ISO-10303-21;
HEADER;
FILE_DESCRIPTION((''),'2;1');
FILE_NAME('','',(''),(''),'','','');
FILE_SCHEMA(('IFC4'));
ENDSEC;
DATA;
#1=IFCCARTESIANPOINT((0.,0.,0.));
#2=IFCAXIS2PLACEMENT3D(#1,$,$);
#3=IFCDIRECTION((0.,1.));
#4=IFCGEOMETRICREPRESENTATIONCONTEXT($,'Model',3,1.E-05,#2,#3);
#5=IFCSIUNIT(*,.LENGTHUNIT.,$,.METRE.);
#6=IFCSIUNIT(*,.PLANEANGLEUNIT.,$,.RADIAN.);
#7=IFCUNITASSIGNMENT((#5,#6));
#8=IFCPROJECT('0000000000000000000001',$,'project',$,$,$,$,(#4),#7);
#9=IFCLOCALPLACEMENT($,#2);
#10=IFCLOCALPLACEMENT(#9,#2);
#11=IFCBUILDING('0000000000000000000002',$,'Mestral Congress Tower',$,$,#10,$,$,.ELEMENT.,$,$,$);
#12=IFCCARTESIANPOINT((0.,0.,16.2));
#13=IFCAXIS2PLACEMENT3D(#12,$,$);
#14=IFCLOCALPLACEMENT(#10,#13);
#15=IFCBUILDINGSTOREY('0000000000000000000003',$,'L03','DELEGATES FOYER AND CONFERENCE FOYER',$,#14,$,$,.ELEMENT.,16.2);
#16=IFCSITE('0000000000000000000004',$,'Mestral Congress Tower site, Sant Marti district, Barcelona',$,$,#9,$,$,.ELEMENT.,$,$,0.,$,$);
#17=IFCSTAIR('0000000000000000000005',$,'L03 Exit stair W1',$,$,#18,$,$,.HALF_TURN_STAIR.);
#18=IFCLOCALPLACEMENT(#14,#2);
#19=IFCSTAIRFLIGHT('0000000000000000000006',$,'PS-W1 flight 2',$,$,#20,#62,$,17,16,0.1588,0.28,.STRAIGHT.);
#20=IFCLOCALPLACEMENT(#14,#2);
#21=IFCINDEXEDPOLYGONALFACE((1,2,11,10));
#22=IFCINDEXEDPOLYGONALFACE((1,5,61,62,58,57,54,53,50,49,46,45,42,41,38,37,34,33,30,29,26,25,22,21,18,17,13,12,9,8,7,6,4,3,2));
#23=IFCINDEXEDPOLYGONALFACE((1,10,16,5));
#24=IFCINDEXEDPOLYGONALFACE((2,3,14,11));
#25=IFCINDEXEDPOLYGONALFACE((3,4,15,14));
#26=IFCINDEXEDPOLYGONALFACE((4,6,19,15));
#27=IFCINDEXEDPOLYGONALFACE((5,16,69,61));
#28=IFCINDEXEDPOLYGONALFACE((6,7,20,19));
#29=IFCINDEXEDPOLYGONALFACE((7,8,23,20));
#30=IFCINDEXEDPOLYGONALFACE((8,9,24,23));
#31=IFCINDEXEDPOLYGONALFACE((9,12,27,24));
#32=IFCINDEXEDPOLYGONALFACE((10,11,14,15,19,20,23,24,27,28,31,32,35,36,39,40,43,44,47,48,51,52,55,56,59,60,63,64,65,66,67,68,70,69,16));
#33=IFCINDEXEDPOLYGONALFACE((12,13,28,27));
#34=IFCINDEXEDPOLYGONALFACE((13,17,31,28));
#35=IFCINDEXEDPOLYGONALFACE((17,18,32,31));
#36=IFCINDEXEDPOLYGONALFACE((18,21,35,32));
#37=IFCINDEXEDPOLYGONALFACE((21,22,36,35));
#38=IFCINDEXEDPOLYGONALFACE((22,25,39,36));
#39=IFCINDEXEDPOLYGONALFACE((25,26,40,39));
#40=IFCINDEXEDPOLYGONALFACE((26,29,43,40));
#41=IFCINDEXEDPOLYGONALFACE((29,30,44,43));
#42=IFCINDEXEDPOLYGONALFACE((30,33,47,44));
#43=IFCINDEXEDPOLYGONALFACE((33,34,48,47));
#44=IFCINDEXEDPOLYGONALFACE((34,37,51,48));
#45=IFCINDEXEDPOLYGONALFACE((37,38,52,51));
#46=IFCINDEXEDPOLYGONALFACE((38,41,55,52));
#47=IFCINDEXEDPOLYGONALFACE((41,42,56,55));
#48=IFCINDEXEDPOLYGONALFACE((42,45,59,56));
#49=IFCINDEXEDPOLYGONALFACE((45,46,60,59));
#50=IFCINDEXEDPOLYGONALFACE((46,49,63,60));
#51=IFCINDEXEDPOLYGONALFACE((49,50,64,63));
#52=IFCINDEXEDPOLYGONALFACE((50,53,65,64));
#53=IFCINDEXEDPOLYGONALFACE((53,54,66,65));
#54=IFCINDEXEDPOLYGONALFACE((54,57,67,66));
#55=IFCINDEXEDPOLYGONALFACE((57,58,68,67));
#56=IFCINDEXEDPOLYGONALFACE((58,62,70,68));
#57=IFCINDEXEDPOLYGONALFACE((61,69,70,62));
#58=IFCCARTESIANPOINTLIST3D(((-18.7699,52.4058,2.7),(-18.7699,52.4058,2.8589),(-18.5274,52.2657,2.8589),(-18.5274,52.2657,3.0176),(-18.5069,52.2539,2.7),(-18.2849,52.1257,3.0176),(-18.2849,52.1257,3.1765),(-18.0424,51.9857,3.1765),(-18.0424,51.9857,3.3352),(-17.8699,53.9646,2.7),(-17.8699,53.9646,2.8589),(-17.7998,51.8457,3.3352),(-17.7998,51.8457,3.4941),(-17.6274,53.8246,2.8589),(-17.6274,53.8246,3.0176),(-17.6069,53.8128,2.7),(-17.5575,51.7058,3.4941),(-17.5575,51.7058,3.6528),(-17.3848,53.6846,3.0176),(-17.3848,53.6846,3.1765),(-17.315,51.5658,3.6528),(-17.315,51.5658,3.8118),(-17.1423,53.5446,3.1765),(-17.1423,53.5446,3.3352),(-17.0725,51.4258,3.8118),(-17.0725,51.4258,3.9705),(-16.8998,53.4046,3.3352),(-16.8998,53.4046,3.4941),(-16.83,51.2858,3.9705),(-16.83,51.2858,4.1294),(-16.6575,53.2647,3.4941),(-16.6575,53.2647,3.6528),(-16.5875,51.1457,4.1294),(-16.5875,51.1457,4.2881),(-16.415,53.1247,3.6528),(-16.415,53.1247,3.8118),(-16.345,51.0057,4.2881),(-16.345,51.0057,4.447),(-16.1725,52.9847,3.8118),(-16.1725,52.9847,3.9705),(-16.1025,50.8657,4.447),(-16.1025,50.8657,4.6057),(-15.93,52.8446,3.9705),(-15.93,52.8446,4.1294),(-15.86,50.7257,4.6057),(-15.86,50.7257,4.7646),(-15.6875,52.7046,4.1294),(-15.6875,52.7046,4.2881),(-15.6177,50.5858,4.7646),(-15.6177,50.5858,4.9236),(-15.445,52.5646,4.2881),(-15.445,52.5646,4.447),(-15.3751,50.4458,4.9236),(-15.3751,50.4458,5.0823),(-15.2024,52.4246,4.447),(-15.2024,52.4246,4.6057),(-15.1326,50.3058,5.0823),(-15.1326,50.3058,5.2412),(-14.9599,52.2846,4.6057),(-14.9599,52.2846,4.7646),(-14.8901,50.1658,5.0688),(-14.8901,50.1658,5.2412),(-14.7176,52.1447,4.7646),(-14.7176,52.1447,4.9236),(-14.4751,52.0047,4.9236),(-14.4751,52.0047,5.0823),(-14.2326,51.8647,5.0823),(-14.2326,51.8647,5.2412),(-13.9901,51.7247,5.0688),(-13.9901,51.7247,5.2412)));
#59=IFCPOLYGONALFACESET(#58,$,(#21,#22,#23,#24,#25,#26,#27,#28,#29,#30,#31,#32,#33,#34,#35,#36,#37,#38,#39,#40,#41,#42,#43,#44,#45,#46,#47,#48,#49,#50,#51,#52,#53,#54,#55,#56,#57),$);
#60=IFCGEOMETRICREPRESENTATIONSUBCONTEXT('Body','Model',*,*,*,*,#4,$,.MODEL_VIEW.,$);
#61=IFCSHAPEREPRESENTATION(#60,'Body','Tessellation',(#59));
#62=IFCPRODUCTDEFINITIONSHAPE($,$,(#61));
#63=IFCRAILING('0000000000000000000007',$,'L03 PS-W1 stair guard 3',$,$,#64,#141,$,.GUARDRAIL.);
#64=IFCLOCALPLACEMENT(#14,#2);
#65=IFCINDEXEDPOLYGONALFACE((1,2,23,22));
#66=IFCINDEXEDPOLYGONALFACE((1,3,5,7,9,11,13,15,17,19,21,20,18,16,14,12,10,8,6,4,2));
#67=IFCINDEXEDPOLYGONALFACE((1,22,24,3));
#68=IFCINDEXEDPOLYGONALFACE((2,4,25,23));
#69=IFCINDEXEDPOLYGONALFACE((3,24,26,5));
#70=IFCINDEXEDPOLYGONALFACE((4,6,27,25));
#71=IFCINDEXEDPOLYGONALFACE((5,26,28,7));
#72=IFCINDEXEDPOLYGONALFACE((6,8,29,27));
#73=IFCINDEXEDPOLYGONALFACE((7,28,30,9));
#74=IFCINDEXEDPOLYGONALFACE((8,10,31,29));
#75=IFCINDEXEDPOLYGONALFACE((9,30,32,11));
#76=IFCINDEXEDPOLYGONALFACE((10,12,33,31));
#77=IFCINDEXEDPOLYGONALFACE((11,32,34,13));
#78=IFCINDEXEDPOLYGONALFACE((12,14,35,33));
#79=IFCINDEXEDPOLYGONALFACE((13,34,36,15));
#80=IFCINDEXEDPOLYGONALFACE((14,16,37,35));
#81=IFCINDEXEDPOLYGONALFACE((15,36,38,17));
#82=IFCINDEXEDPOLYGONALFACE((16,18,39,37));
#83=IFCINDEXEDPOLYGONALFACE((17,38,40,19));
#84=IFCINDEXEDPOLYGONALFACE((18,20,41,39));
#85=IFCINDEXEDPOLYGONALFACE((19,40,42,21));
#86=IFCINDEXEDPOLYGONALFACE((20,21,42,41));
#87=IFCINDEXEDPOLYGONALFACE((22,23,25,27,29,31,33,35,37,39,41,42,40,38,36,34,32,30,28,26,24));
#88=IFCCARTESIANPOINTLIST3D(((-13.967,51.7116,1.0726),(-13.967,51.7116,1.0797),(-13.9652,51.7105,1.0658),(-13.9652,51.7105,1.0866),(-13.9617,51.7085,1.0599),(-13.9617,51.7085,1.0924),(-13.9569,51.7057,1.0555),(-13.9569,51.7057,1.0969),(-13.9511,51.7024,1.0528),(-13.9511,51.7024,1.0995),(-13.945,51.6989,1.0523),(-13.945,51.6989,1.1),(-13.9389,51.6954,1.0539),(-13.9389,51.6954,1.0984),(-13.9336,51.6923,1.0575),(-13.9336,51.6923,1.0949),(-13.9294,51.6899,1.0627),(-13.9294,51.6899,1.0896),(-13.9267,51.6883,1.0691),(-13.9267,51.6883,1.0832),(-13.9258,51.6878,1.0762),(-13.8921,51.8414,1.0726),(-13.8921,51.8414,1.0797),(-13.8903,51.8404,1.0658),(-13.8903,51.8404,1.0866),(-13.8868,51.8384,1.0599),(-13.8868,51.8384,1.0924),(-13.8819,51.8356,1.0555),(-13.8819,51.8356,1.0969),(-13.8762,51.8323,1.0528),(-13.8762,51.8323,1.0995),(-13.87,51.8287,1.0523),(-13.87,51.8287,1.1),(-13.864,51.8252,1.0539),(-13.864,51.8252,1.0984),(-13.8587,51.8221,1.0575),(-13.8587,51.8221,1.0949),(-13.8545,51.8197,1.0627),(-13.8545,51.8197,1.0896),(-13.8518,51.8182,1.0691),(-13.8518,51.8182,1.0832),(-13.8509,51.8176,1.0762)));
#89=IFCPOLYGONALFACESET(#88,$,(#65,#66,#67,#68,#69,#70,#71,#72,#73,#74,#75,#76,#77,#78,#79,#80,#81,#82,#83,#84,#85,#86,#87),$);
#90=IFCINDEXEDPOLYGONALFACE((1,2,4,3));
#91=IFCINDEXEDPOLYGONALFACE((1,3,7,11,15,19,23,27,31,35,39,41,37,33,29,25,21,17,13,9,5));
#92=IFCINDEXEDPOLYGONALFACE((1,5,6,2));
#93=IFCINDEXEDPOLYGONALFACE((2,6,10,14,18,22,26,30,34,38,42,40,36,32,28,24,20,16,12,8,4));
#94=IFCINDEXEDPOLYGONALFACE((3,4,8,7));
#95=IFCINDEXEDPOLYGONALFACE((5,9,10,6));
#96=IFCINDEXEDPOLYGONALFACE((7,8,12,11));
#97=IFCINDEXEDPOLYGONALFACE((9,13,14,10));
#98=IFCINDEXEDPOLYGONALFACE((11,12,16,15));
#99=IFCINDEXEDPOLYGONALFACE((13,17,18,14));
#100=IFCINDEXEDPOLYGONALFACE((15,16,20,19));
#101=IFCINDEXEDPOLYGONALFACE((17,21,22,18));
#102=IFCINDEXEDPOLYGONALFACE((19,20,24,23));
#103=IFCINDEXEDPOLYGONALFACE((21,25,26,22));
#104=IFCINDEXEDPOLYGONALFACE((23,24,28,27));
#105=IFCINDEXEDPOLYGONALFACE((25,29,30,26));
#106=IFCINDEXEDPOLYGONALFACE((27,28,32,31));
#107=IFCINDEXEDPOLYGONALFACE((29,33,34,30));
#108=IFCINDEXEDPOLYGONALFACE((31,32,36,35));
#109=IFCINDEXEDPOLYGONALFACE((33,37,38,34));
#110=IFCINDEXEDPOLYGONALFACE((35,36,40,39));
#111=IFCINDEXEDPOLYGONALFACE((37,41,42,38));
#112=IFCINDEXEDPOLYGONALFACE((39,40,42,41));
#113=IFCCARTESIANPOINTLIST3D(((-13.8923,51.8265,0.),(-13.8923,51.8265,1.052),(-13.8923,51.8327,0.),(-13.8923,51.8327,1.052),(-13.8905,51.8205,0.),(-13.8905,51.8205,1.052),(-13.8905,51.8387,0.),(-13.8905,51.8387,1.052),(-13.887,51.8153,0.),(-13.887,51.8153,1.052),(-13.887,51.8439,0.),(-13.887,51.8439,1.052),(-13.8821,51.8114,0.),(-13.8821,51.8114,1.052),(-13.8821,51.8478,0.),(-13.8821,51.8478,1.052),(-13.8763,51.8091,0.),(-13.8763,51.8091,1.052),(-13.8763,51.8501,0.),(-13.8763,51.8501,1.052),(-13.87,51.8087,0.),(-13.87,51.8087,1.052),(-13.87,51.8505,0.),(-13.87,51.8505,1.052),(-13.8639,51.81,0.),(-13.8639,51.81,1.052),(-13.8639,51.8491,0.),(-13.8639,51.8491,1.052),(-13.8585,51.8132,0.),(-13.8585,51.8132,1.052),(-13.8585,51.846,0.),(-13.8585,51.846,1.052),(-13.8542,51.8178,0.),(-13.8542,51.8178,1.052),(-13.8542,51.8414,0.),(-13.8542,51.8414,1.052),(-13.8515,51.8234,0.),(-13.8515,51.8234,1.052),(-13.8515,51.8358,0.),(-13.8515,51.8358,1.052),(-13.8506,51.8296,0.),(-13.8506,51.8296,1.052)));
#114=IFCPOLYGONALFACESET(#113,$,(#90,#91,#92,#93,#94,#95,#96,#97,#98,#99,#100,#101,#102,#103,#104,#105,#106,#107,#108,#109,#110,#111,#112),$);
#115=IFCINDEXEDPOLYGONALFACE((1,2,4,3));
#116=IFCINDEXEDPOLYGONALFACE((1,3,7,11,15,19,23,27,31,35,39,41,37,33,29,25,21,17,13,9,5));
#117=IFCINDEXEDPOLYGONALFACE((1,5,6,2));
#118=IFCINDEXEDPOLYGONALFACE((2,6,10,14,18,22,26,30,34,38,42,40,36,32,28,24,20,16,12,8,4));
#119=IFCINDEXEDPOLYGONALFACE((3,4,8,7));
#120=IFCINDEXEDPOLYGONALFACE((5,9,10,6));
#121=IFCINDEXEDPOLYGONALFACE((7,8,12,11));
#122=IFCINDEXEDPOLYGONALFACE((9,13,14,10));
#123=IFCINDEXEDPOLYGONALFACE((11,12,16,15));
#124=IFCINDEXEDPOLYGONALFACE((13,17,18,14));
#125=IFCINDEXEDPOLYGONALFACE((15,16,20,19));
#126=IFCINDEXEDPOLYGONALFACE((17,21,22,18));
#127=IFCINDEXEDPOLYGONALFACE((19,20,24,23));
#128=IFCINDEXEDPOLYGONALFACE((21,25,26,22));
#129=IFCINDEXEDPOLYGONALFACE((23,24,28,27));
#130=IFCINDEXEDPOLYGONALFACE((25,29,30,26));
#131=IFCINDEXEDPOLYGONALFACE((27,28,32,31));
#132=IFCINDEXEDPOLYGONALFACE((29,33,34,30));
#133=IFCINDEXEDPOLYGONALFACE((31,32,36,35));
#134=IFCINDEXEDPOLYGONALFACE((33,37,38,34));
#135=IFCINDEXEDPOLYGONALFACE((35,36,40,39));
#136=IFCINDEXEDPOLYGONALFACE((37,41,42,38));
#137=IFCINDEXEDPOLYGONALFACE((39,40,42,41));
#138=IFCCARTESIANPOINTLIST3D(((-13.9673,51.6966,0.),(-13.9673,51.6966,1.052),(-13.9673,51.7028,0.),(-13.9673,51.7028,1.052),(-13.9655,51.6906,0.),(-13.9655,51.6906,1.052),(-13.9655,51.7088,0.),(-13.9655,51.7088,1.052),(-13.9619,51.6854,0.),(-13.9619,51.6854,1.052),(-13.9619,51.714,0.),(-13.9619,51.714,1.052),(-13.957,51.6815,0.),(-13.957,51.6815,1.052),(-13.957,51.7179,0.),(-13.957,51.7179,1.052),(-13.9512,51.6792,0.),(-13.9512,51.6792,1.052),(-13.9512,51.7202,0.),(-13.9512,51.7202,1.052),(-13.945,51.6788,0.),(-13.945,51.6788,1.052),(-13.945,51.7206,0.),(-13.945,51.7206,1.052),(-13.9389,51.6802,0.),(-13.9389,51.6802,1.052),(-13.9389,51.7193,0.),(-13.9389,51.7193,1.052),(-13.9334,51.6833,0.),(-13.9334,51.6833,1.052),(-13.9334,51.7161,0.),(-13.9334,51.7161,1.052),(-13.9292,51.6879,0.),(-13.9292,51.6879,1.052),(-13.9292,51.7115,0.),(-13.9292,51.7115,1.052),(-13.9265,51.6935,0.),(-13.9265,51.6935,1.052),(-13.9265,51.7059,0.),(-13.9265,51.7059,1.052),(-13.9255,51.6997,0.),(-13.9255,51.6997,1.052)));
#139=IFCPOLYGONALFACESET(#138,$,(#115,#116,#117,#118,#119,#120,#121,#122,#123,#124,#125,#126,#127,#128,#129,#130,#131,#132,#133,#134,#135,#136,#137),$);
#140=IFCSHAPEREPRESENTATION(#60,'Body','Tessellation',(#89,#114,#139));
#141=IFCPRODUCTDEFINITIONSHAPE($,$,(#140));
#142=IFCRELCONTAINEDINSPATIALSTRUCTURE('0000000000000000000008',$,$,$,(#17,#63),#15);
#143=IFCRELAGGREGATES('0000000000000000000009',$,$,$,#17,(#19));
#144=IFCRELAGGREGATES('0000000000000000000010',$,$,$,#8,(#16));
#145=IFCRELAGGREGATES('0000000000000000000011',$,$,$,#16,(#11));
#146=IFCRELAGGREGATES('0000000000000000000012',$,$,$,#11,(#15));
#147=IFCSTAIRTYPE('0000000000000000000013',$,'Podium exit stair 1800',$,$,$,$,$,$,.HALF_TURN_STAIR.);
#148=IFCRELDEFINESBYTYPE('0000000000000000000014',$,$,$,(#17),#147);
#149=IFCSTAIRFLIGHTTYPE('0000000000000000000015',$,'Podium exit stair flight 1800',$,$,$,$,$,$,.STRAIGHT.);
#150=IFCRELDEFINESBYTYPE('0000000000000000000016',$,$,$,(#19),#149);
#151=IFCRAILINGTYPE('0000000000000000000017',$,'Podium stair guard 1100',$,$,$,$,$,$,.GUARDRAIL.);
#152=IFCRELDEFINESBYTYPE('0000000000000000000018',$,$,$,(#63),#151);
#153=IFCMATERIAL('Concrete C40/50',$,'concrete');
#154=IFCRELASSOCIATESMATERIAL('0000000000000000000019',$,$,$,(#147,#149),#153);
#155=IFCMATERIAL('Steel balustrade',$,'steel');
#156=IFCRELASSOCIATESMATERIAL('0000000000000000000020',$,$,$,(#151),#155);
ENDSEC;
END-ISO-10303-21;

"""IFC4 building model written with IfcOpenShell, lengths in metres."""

from ifc_helpers import new_model, si_unit, direction, frame, origin, origin_2d, place, context, subcontext, project, spatial, polyline, circle, outline, extrude, material, type_object, element, aggregate, save


model = new_model("IFC4")

# Units and contexts
model_context = context("Model", 3, precision=1e-05, world=origin(), true_north=direction((0.0, 1.0)))
body_context = subcontext(model_context, "Body", "Model", "MODEL_VIEW")
ifc_project = project(units=[si_unit("LENGTHUNIT", "METRE"), si_unit("PLANEANGLEUNIT", "RADIAN")], contexts=[model_context])

# Site, building, storey
site_placement = place(None, origin())
site = spatial("IfcSite", under=ifc_project, at=site_placement, Name="Mestral Congress Tower site, Sant Marti district, Barcelona", CompositionType="ELEMENT", RefElevation=0.0)
building_placement = place(site_placement, origin())
building = spatial("IfcBuilding", under=site, at=building_placement, Name="Mestral Congress Tower", CompositionType="ELEMENT")
storey_placement = place(building_placement, frame((0.0, 0.0, 16.2)))
storey = spatial("IfcBuildingStorey", under=building, at=storey_placement, Name="L03", Description="DELEGATES FOYER AND CONFERENCE FOYER", CompositionType="ELEMENT", Elevation=16.2)

# Stair, stair flight
ifc_material_1 = material(Name="Concrete C40/50", Category="concrete")
stair_type = type_object("IfcStairType", Name="Podium exit stair 1800", PredefinedType="HALF_TURN_STAIR", material=ifc_material_1)
stair_placement = place(storey_placement, origin())
stair = element("IfcStair", 1, at=stair_placement, inside=storey, type_object=stair_type, Name="L03 Exit stair W1", PredefinedType="HALF_TURN_STAIR")
stair_flight_type = type_object("IfcStairFlightType", Name="Podium exit stair flight 1800", PredefinedType="STRAIGHT", material=ifc_material_1)
stair_flight_1_placement = place(storey_placement, frame((-18.3198, 53.1853, 2.7), z_axis=(0.0, 0.0, 1.0), x_axis=(0.866025, -0.5, 0.0)))
stair_flight_1 = element("IfcStairFlight", 2, at=stair_flight_1_placement, type_object=stair_flight_type, Name="PS-W1 flight 2", NumberOfRisers=17, NumberOfTreads=16, PredefinedType="STRAIGHT", RiserHeight=0.1588, TreadLength=0.28, context=body_context, shape_type="SweptSolid", body=[
    extrude(outline(polyline([(0.0, 0.0), (0.0, 0.1589), (0.28, 0.1589), (0.28, 0.3176), (0.5601, 0.3176), (0.5601, 0.4766), (0.8401, 0.4766), (0.8401, 0.6353), (1.1201, 0.6353), (1.1201, 0.7942), (1.3999, 0.7942), (1.3999, 0.9529), (1.6799, 0.9529), (1.6799, 1.1118), (1.96, 1.1118), (1.96, 1.2705), (2.24, 1.2705), (2.24, 1.4294), (2.52, 1.4294), (2.52, 1.5881), (2.8, 1.5881), (2.8, 1.7471), (3.0801, 1.7471), (3.0801, 1.9058), (3.3601, 1.9058), (3.3601, 2.0647), (3.6399, 2.0647), (3.6399, 2.2236), (3.9199, 2.2236), (3.9199, 2.3823), (4.2, 2.3823), (4.2, 2.5413), (4.48, 2.5413), (4.48, 2.7), (4.48, 2.3689), (0.3037, 0.0), (0.0, 0.0)])), frame((0.0, 0.8999, 0.0), z_axis=(0.0, -1.0, 0.0), x_axis=(1.0, 0.0, 0.0)), (0.0, 0.0, 1.0), 1.8),
])
aggregate(stair, [stair_flight_1])

# Railing
ifc_material_2 = material(Name="Steel balustrade", Category="steel")
railing_type_1 = type_object("IfcRailingType", Name="Podium stair guard 1100", PredefinedType="GUARDRAIL", material=ifc_material_2)
railing_1_placement = place(storey_placement, frame((-13.8716, 51.8296, 0.0)))
element("IfcRailing", 3, at=railing_1_placement, inside=storey, type_object=railing_type_1, Name="L03 PS-W1 stair guard 3", PredefinedType="GUARDRAIL", context=body_context, shape_type="SweptSolid", body=[
    extrude(circle(Radius=0.0239, at=origin_2d()), frame((0.0, 0.0, 1.0762), z_axis=(-0.499816, -0.866131, 0.0), x_axis=(0.866131, -0.499816, 0.0)), (0.0, 0.0, 1.0), 0.1499),
    extrude(circle(Radius=0.021, at=origin_2d()), origin(), (0.0, 0.0, 1.0), 1.052),
    extrude(circle(Radius=0.021, at=origin_2d()), frame((-0.075, -0.1299, 0.0)), (0.0, 0.0, 1.0), 1.052),
])

save(model, "model.ifc")
